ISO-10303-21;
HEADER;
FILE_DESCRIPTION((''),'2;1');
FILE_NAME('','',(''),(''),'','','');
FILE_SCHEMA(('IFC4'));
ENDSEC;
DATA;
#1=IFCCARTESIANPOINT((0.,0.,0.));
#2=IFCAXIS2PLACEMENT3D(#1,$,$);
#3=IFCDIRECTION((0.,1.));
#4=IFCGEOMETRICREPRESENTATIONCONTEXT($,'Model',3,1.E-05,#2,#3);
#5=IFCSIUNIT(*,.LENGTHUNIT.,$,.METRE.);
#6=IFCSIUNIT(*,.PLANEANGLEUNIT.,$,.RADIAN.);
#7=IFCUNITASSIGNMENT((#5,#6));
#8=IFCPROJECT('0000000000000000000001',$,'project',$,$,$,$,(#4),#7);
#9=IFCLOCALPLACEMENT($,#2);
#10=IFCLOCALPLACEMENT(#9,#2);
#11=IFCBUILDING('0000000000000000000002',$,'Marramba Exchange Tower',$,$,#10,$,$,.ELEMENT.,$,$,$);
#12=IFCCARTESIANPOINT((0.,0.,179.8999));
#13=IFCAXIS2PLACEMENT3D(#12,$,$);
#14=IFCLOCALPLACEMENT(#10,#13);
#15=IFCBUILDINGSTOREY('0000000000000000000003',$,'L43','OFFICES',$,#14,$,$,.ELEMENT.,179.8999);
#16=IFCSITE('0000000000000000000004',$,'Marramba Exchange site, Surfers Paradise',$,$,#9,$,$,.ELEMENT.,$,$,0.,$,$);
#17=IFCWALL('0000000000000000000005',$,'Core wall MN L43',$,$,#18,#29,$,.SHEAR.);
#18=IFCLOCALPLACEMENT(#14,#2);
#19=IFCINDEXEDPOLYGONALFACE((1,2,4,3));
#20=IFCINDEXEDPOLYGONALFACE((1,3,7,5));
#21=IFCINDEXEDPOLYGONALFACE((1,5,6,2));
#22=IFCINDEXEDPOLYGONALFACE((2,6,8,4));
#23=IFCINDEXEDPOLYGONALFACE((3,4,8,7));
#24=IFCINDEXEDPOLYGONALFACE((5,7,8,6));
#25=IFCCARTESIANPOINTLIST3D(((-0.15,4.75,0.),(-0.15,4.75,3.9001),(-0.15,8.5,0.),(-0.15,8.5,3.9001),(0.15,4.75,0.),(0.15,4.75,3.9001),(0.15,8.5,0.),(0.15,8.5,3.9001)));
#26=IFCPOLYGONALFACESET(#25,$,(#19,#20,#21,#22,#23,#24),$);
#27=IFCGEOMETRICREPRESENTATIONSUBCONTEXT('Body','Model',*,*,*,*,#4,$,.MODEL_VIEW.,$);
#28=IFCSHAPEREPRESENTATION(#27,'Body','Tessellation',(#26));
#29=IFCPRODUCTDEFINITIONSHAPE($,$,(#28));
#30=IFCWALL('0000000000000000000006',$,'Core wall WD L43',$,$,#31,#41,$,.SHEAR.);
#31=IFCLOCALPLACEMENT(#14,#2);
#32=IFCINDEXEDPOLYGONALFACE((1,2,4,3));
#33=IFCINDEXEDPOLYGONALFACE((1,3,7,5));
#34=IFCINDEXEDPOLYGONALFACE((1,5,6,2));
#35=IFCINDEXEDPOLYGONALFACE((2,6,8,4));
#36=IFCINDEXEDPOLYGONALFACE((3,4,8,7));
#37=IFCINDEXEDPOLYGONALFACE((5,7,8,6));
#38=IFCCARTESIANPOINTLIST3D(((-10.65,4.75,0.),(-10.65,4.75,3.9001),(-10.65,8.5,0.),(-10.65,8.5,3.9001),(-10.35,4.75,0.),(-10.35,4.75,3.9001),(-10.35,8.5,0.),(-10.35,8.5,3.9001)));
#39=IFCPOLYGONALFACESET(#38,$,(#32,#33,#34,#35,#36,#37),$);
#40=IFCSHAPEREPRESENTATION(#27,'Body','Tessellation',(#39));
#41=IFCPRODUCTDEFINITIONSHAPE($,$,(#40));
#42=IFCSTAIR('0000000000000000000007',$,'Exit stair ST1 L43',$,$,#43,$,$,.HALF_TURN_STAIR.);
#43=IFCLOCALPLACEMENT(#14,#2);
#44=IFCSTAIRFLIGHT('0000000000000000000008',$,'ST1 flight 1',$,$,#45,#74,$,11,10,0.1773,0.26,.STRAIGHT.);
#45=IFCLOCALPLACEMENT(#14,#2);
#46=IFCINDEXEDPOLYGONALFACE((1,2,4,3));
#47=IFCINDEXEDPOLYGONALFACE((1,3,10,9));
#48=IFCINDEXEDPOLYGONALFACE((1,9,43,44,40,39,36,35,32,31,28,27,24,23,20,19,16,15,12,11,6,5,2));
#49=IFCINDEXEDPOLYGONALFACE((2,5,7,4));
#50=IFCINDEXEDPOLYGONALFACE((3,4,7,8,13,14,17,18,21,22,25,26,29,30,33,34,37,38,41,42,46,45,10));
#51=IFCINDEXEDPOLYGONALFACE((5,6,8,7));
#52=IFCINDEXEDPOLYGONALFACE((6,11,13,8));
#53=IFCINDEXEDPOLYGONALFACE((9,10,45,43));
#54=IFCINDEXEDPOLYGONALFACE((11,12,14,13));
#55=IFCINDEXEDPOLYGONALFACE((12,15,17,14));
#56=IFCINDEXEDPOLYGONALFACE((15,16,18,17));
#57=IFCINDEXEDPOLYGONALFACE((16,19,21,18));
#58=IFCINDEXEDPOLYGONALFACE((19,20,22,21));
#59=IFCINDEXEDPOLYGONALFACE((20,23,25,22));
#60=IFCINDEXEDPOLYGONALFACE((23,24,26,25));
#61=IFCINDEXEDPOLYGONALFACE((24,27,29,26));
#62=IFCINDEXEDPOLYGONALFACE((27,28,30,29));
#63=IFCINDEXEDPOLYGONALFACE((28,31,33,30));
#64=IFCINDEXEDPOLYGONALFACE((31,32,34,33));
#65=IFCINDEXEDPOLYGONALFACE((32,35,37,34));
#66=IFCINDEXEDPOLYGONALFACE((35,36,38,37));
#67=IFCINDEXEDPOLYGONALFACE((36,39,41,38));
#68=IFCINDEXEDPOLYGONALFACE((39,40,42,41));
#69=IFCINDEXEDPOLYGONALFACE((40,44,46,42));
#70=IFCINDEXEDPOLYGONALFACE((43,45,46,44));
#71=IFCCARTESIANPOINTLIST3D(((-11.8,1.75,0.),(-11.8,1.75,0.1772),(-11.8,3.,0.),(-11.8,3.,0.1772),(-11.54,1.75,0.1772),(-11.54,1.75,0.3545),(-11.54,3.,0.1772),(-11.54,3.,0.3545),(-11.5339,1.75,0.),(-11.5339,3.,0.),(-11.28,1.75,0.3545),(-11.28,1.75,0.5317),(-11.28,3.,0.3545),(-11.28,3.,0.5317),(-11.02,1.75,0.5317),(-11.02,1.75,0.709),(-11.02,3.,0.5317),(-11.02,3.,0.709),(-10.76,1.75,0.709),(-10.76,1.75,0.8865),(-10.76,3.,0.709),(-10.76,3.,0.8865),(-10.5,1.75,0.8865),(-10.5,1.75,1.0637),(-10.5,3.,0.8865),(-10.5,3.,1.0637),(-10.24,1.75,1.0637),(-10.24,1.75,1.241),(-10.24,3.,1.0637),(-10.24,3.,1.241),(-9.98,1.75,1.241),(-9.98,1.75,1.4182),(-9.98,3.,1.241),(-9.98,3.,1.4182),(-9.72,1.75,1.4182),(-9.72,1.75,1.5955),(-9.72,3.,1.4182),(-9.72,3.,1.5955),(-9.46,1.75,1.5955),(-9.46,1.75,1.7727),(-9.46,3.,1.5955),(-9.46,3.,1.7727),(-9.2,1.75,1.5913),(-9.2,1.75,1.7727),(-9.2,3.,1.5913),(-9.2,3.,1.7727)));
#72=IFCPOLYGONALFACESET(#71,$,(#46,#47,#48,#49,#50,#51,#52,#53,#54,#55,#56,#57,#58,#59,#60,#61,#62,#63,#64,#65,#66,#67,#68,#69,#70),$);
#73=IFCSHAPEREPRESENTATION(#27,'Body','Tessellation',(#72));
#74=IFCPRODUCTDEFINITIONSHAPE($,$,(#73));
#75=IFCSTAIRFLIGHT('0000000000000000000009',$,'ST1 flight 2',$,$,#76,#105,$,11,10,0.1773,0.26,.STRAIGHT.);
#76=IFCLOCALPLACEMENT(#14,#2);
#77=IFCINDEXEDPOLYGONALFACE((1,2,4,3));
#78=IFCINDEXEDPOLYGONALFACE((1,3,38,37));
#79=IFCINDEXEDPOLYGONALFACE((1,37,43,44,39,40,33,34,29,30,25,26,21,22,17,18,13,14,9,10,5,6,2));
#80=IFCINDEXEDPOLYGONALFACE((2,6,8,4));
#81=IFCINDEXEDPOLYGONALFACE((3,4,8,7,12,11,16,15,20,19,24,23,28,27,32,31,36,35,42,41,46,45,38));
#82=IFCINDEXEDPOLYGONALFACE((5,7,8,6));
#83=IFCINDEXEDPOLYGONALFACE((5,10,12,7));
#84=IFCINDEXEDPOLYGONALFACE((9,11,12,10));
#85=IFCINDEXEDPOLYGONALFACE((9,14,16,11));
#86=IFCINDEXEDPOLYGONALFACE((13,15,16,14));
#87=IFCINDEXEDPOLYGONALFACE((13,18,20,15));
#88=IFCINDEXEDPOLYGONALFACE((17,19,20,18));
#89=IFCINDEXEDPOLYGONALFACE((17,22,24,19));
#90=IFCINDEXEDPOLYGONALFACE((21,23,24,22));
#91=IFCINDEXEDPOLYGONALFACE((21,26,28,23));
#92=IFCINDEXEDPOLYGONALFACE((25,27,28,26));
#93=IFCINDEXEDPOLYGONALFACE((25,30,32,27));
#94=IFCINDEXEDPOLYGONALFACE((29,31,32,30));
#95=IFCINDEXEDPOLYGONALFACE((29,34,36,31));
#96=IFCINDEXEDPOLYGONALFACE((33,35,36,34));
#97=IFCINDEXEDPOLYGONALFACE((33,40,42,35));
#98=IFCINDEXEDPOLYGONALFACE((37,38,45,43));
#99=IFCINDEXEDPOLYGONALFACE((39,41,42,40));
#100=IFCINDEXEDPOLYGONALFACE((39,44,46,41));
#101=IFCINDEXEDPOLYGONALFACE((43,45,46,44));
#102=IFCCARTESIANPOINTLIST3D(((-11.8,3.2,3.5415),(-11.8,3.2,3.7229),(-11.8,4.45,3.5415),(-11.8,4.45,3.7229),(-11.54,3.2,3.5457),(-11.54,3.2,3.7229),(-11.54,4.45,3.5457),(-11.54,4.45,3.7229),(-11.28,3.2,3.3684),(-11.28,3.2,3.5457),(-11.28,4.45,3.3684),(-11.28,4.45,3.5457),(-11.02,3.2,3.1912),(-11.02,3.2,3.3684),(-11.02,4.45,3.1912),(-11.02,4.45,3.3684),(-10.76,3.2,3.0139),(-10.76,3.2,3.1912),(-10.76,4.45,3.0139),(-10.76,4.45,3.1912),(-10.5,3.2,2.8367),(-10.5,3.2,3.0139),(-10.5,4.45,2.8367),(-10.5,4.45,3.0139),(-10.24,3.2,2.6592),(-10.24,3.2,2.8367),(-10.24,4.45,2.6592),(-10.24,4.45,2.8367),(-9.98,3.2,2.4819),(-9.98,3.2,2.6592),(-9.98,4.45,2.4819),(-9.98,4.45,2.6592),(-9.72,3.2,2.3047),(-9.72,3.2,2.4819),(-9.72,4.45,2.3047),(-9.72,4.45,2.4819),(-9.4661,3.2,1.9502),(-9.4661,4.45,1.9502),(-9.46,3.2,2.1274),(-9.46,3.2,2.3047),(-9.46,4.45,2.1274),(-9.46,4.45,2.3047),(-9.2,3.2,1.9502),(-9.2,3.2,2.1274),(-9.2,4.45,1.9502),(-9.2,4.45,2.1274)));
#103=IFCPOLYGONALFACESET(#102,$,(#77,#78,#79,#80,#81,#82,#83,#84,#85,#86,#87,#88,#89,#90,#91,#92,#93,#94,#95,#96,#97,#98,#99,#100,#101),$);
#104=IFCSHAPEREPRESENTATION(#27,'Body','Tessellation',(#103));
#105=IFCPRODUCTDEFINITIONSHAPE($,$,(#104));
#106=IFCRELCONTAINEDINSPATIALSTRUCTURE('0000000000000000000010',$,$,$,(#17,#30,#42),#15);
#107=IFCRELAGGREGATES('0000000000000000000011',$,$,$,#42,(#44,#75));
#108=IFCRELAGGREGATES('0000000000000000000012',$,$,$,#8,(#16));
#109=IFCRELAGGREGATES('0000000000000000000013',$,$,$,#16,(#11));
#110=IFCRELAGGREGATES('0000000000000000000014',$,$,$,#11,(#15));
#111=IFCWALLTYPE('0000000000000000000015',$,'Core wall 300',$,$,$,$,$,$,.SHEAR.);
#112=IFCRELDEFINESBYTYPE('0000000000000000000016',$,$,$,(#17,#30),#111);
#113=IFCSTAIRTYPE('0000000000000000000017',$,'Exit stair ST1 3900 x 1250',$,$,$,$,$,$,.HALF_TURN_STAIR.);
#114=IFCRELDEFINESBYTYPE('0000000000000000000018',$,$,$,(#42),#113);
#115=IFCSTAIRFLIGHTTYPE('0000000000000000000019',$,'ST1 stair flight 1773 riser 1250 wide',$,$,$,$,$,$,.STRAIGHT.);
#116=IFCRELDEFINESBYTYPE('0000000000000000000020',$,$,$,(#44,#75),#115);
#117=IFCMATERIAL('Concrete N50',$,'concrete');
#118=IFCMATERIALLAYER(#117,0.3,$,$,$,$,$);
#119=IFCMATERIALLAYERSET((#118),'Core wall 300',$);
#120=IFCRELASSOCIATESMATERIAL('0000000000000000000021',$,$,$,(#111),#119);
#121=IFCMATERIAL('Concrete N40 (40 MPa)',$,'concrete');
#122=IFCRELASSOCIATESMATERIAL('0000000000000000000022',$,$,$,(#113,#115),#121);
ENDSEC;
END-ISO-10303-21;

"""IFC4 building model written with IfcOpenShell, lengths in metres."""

from ifc_helpers import new_model, si_unit, direction, frame, frame_2d, origin, place, context, subcontext, project, spatial, polyline, rectangle, outline, extrude, material, layer, layer_set, type_object, element, aggregate, save


model = new_model("IFC4")

# Units and contexts
model_context = context("Model", 3, precision=1e-05, world=origin(), true_north=direction((0.0, 1.0)))
body_context = subcontext(model_context, "Body", "Model", "MODEL_VIEW")
ifc_project = project(units=[si_unit("LENGTHUNIT", "METRE"), si_unit("PLANEANGLEUNIT", "RADIAN")], contexts=[model_context])

# Site, building, storey
site_placement = place(None, origin())
site = spatial("IfcSite", under=ifc_project, at=site_placement, Name="Marramba Exchange site, Surfers Paradise", CompositionType="ELEMENT", RefElevation=0.0)
building_placement = place(site_placement, origin())
building = spatial("IfcBuilding", under=site, at=building_placement, Name="Marramba Exchange Tower", CompositionType="ELEMENT")
storey_placement = place(building_placement, frame((0.0, 0.0, 179.8999)))
storey = spatial("IfcBuildingStorey", under=building, at=storey_placement, Name="L43", Description="OFFICES", CompositionType="ELEMENT", Elevation=179.8999)

# Shared definitions
ifc_material_1 = material(Name="Concrete N50", Category="concrete")

# Walls
ifc_layer_1 = layer(ifc_material_1, 0.3)
ifc_layer_set_1 = layer_set([ifc_layer_1], Name="Core wall 300")
wall_type_1 = type_object("IfcWallType", Name="Core wall 300", PredefinedType="SHEAR", material=ifc_layer_set_1)
for number, where, z_axis, x_axis, name in (
    (1, (0.0, 4.75, 0.0), (0.0, 0.0, 1.0), (0.0, 1.0, 0.0), "Core wall MN L43"),
    (2, (-10.5, 4.75, 0.0), (0.0, 0.0, 1.0), (0.0, 1.0, 0.0), "Core wall WD L43"),
):
    element("IfcWall", number, at=place(storey_placement, frame(where, z_axis=z_axis, x_axis=x_axis)), inside=storey, type_object=wall_type_1, Name=name, PredefinedType="SHEAR", context=body_context, shape_type="SweptSolid", body=[
        extrude(rectangle(XDim=3.75, YDim=0.3, at=frame_2d((1.875, 0.0))), origin(), (0.0, 0.0, 1.0), 3.9001),
    ])

# Stair, stair flights
ifc_material_2 = material(Name="Concrete N40 (40 MPa)", Category="concrete")
stair_type = type_object("IfcStairType", Name="Exit stair ST1 3900 x 1250", PredefinedType="HALF_TURN_STAIR", material=ifc_material_2)
stair_placement = place(storey_placement, origin())
stair = element("IfcStair", 3, at=stair_placement, inside=storey, type_object=stair_type, Name="Exit stair ST1 L43", PredefinedType="HALF_TURN_STAIR")
stair_flight_type = type_object("IfcStairFlightType", Name="ST1 stair flight 1773 riser 1250 wide", PredefinedType="STRAIGHT", material=ifc_material_2)
stair_flight_1_placement = place(storey_placement, frame((-11.8, 2.375, 0.0), z_axis=(0.0, 0.0, 1.0), x_axis=(1.0, 0.0, 0.0)))
stair_flight_1 = element("IfcStairFlight", 4, at=stair_flight_1_placement, type_object=stair_flight_type, Name="ST1 flight 1", NumberOfRisers=11, NumberOfTreads=10, PredefinedType="STRAIGHT", RiserHeight=0.1773, TreadLength=0.26, context=body_context, shape_type="SweptSolid", body=[
    extrude(outline(polyline([(0.0, 0.0), (0.0, 0.1772), (0.26, 0.1772), (0.26, 0.3545), (0.52, 0.3545), (0.52, 0.5317), (0.78, 0.5317), (0.78, 0.709), (1.04, 0.709), (1.04, 0.8865), (1.3, 0.8865), (1.3, 1.0637), (1.5601, 1.0637), (1.5601, 1.241), (1.8201, 1.241), (1.8201, 1.4182), (2.0801, 1.4182), (2.0801, 1.5955), (2.3401, 1.5955), (2.3401, 1.7727), (2.6001, 1.7727), (2.6001, 1.95), (2.6001, 1.5913), (0.2661, 0.0), (0.0, 0.0)])), frame((0.0, 0.625, 0.0), z_axis=(0.0, -1.0, 0.0), x_axis=(1.0, 0.0, 0.0)), (0.0, 0.0, 1.0), 1.25),
])
stair_flight_2_placement = place(storey_placement, frame((-9.2, 3.825, 1.9502), z_axis=(0.0, 0.0, 1.0), x_axis=(-1.0, 0.0, 0.0)))
stair_flight_2 = element("IfcStairFlight", 5, at=stair_flight_2_placement, type_object=stair_flight_type, Name="ST1 flight 2", NumberOfRisers=11, NumberOfTreads=10, PredefinedType="STRAIGHT", RiserHeight=0.1773, TreadLength=0.26, context=body_context, shape_type="SweptSolid", body=[
    extrude(outline(polyline([(0.0, 0.0), (0.0, 0.1772), (0.26, 0.1772), (0.26, 0.3545), (0.52, 0.3545), (0.52, 0.5317), (0.78, 0.5317), (0.78, 0.709), (1.04, 0.709), (1.04, 0.8865), (1.3, 0.8865), (1.3, 1.0637), (1.5601, 1.0637), (1.5601, 1.241), (1.8201, 1.241), (1.8201, 1.4182), (2.0801, 1.4182), (2.0801, 1.5955), (2.3401, 1.5955), (2.3401, 1.7727), (2.6001, 1.7727), (2.6001, 1.95), (2.6001, 1.5913), (0.2661, 0.0), (0.0, 0.0)])), frame((0.0, 0.625, 0.0), z_axis=(0.0, -1.0, 0.0), x_axis=(1.0, 0.0, 0.0)), (0.0, 0.0, 1.0), 1.25),
])
aggregate(stair, [stair_flight_1, stair_flight_2])

save(model, "model.ifc")
